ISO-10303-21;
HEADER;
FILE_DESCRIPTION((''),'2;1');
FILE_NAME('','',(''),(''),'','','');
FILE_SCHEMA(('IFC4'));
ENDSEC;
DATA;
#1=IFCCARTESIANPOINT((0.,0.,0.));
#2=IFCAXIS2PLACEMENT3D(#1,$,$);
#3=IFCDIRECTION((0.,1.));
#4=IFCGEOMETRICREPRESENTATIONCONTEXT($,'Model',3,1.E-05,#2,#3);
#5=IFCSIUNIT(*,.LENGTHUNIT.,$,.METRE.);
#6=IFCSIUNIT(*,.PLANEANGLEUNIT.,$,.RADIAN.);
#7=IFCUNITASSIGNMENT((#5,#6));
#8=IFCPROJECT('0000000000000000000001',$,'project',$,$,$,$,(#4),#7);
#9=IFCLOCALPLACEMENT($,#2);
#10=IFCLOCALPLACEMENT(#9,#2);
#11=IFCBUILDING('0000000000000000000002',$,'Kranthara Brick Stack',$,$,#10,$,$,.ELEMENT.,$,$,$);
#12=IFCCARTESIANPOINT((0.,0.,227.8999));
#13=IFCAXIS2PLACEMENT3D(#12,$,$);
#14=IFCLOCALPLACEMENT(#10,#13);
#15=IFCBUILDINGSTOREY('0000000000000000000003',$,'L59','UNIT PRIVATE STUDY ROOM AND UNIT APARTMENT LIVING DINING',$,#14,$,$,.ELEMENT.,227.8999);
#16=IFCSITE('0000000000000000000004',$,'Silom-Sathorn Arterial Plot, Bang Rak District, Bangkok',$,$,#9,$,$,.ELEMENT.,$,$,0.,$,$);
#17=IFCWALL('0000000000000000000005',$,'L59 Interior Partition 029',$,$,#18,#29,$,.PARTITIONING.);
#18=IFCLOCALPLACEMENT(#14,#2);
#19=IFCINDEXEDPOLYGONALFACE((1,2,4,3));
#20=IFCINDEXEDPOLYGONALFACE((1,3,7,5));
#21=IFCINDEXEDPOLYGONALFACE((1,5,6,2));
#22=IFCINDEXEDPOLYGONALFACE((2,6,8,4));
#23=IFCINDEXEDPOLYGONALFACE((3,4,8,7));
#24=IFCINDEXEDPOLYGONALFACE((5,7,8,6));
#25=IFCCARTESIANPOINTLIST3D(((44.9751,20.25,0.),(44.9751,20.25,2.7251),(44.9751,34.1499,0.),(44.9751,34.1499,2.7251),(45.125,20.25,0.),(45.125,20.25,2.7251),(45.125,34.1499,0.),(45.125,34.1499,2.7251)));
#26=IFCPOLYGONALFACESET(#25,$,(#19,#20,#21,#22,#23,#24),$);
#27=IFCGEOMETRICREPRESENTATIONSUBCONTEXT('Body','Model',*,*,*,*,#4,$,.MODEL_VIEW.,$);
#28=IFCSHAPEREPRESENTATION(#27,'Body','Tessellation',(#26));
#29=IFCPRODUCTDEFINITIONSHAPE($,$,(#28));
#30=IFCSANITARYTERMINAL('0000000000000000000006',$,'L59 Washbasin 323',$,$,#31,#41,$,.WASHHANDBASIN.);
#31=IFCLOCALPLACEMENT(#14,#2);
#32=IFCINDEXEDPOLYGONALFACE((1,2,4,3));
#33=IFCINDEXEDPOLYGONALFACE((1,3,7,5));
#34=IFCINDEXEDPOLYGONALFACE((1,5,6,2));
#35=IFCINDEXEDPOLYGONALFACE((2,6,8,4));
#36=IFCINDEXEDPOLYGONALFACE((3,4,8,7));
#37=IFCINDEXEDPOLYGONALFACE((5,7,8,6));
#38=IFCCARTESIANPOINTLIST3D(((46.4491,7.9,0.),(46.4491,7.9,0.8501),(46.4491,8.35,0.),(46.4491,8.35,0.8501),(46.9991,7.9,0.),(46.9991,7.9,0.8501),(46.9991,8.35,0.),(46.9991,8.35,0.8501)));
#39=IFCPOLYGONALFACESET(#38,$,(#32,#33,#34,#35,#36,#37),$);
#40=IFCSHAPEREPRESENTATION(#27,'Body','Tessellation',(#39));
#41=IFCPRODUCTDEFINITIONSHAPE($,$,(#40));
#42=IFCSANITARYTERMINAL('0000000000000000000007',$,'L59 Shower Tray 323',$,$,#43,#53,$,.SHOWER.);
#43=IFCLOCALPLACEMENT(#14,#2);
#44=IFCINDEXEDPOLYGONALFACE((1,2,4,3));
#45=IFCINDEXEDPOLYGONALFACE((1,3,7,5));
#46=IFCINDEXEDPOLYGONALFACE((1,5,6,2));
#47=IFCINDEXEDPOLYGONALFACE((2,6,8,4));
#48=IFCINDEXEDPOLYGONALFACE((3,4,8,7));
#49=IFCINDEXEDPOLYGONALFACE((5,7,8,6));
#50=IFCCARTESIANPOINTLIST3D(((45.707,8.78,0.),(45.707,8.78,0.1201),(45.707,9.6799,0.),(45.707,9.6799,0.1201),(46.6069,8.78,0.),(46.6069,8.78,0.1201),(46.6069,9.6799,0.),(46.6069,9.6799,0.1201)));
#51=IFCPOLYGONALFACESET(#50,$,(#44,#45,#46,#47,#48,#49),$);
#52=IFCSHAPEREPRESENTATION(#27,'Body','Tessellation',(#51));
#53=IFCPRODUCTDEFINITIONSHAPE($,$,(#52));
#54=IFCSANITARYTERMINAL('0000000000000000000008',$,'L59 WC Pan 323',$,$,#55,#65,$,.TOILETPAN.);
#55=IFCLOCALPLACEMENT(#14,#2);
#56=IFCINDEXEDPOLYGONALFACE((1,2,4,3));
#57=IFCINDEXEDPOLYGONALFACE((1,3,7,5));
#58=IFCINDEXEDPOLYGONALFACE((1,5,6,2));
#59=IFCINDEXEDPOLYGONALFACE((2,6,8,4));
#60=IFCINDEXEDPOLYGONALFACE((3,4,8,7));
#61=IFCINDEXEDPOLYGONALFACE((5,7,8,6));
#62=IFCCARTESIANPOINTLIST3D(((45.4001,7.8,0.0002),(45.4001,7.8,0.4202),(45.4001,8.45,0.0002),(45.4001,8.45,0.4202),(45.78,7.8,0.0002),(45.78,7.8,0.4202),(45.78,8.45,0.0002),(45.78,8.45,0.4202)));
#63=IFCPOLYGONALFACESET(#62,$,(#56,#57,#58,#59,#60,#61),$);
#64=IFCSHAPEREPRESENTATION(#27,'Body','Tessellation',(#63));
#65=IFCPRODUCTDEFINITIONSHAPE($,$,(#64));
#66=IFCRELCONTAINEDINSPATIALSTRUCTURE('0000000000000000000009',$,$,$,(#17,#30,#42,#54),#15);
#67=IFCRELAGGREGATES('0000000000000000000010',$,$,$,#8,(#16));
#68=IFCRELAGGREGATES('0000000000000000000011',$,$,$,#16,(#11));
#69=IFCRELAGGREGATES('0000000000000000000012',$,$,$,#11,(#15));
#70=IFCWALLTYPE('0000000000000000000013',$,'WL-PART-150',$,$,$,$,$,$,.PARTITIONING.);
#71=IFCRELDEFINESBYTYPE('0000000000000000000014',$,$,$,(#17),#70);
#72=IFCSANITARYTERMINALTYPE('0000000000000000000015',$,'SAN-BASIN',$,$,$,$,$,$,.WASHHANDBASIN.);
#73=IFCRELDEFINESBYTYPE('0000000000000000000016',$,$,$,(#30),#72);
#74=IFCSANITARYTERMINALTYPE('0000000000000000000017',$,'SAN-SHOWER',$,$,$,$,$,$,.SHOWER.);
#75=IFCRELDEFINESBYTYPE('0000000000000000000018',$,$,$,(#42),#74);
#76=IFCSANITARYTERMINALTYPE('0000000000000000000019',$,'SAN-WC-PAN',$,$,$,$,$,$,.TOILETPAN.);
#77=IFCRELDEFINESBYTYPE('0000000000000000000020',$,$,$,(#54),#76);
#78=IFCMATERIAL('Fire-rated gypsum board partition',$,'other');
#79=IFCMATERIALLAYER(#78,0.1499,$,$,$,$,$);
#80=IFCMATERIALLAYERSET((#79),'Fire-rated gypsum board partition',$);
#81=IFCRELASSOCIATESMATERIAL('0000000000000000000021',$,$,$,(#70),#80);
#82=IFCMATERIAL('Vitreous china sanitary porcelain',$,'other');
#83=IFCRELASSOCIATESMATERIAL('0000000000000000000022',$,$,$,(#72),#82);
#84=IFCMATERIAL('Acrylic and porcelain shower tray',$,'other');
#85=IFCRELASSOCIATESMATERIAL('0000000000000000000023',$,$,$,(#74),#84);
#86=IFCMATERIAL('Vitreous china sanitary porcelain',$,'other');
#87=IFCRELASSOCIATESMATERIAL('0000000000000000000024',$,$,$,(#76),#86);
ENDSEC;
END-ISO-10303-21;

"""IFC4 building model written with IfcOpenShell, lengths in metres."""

from ifc_helpers import new_model, si_unit, direction, frame, frame_2d, origin, origin_2d, place, context, subcontext, project, spatial, rectangle, extrude, material, layer, layer_set, type_object, element, save


model = new_model("IFC4")

# Units and contexts
model_context = context("Model", 3, precision=1e-05, world=origin(), true_north=direction((0.0, 1.0)))
body_context = subcontext(model_context, "Body", "Model", "MODEL_VIEW")
ifc_project = project(units=[si_unit("LENGTHUNIT", "METRE"), si_unit("PLANEANGLEUNIT", "RADIAN")], contexts=[model_context])

# Site, building, storey
site_placement = place(None, origin())
site = spatial("IfcSite", under=ifc_project, at=site_placement, Name="Silom-Sathorn Arterial Plot, Bang Rak District, Bangkok", CompositionType="ELEMENT", RefElevation=0.0)
building_placement = place(site_placement, origin())
building = spatial("IfcBuilding", under=site, at=building_placement, Name="Kranthara Brick Stack", CompositionType="ELEMENT")
storey_placement = place(building_placement, frame((0.0, 0.0, 227.8999)))
storey = spatial("IfcBuildingStorey", under=building, at=storey_placement, Name="L59", Description="UNIT PRIVATE STUDY ROOM AND UNIT APARTMENT LIVING DINING", CompositionType="ELEMENT", Elevation=227.8999)

# Wall
ifc_material_1 = material(Name="Fire-rated gypsum board partition", Category="other")
ifc_layer_1 = layer(ifc_material_1, 0.1499)
ifc_layer_set_1 = layer_set([ifc_layer_1], Name="Fire-rated gypsum board partition")
wall_type_1 = type_object("IfcWallType", Name="WL-PART-150", PredefinedType="PARTITIONING", material=ifc_layer_set_1)
wall_1_placement = place(storey_placement, frame((45.05, 20.25, 0.0), z_axis=(0.0, 0.0, 1.0), x_axis=(0.0, 1.0, 0.0)))
element("IfcWall", 1, at=wall_1_placement, inside=storey, type_object=wall_type_1, Name="L59 Interior Partition 029", PredefinedType="PARTITIONING", context=body_context, shape_type="SweptSolid", body=[
    extrude(rectangle(XDim=13.8999, YDim=0.1499, at=frame_2d((6.95, 0.0))), origin(), (0.0, 0.0, 1.0), 2.7251),
])

# Sanitary terminals
ifc_material_2 = material(Name="Vitreous china sanitary porcelain", Category="other")
sanitary_terminal_type_1 = type_object("IfcSanitaryTerminalType", Name="SAN-BASIN", PredefinedType="WASHHANDBASIN", material=ifc_material_2)
sanitary_terminal_1_placement = place(storey_placement, frame((46.7241, 8.125, 0.0), z_axis=(0.0, 0.0, 1.0), x_axis=(1.0, 0.0, 0.0)))
element("IfcSanitaryTerminal", 2, at=sanitary_terminal_1_placement, inside=storey, type_object=sanitary_terminal_type_1, Name="L59 Washbasin 323", PredefinedType="WASHHANDBASIN", context=body_context, shape_type="SweptSolid", body=[
    extrude(rectangle(XDim=0.55, YDim=0.45, at=origin_2d()), origin(), (0.0, 0.0, 1.0), 0.8501),
])
ifc_material_3 = material(Name="Acrylic and porcelain shower tray", Category="other")
sanitary_terminal_type_2 = type_object("IfcSanitaryTerminalType", Name="SAN-SHOWER", PredefinedType="SHOWER", material=ifc_material_3)
sanitary_terminal_2_placement = place(storey_placement, frame((46.157, 9.23, 0.0), z_axis=(0.0, 0.0, 1.0), x_axis=(1.0, 0.0, 0.0)))
element("IfcSanitaryTerminal", 3, at=sanitary_terminal_2_placement, inside=storey, type_object=sanitary_terminal_type_2, Name="L59 Shower Tray 323", PredefinedType="SHOWER", context=body_context, shape_type="SweptSolid", body=[
    extrude(rectangle(XDim=0.8999, YDim=0.8999, at=origin_2d()), origin(), (0.0, 0.0, 1.0), 0.1201),
])
ifc_material_4 = material(Name="Vitreous china sanitary porcelain", Category="other")
sanitary_terminal_type_3 = type_object("IfcSanitaryTerminalType", Name="SAN-WC-PAN", PredefinedType="TOILETPAN", material=ifc_material_4)
sanitary_terminal_3_placement = place(storey_placement, frame((45.5901, 8.125, 0.0002), z_axis=(0.0, 0.0, 1.0), x_axis=(1.0, 0.0, 0.0)))
element("IfcSanitaryTerminal", 4, at=sanitary_terminal_3_placement, inside=storey, type_object=sanitary_terminal_type_3, Name="L59 WC Pan 323", PredefinedType="TOILETPAN", context=body_context, shape_type="SweptSolid", body=[
    extrude(rectangle(XDim=0.3799, YDim=0.6499, at=origin_2d()), origin(), (0.0, 0.0, 1.0), 0.4199),
])

save(model, "model.ifc")
